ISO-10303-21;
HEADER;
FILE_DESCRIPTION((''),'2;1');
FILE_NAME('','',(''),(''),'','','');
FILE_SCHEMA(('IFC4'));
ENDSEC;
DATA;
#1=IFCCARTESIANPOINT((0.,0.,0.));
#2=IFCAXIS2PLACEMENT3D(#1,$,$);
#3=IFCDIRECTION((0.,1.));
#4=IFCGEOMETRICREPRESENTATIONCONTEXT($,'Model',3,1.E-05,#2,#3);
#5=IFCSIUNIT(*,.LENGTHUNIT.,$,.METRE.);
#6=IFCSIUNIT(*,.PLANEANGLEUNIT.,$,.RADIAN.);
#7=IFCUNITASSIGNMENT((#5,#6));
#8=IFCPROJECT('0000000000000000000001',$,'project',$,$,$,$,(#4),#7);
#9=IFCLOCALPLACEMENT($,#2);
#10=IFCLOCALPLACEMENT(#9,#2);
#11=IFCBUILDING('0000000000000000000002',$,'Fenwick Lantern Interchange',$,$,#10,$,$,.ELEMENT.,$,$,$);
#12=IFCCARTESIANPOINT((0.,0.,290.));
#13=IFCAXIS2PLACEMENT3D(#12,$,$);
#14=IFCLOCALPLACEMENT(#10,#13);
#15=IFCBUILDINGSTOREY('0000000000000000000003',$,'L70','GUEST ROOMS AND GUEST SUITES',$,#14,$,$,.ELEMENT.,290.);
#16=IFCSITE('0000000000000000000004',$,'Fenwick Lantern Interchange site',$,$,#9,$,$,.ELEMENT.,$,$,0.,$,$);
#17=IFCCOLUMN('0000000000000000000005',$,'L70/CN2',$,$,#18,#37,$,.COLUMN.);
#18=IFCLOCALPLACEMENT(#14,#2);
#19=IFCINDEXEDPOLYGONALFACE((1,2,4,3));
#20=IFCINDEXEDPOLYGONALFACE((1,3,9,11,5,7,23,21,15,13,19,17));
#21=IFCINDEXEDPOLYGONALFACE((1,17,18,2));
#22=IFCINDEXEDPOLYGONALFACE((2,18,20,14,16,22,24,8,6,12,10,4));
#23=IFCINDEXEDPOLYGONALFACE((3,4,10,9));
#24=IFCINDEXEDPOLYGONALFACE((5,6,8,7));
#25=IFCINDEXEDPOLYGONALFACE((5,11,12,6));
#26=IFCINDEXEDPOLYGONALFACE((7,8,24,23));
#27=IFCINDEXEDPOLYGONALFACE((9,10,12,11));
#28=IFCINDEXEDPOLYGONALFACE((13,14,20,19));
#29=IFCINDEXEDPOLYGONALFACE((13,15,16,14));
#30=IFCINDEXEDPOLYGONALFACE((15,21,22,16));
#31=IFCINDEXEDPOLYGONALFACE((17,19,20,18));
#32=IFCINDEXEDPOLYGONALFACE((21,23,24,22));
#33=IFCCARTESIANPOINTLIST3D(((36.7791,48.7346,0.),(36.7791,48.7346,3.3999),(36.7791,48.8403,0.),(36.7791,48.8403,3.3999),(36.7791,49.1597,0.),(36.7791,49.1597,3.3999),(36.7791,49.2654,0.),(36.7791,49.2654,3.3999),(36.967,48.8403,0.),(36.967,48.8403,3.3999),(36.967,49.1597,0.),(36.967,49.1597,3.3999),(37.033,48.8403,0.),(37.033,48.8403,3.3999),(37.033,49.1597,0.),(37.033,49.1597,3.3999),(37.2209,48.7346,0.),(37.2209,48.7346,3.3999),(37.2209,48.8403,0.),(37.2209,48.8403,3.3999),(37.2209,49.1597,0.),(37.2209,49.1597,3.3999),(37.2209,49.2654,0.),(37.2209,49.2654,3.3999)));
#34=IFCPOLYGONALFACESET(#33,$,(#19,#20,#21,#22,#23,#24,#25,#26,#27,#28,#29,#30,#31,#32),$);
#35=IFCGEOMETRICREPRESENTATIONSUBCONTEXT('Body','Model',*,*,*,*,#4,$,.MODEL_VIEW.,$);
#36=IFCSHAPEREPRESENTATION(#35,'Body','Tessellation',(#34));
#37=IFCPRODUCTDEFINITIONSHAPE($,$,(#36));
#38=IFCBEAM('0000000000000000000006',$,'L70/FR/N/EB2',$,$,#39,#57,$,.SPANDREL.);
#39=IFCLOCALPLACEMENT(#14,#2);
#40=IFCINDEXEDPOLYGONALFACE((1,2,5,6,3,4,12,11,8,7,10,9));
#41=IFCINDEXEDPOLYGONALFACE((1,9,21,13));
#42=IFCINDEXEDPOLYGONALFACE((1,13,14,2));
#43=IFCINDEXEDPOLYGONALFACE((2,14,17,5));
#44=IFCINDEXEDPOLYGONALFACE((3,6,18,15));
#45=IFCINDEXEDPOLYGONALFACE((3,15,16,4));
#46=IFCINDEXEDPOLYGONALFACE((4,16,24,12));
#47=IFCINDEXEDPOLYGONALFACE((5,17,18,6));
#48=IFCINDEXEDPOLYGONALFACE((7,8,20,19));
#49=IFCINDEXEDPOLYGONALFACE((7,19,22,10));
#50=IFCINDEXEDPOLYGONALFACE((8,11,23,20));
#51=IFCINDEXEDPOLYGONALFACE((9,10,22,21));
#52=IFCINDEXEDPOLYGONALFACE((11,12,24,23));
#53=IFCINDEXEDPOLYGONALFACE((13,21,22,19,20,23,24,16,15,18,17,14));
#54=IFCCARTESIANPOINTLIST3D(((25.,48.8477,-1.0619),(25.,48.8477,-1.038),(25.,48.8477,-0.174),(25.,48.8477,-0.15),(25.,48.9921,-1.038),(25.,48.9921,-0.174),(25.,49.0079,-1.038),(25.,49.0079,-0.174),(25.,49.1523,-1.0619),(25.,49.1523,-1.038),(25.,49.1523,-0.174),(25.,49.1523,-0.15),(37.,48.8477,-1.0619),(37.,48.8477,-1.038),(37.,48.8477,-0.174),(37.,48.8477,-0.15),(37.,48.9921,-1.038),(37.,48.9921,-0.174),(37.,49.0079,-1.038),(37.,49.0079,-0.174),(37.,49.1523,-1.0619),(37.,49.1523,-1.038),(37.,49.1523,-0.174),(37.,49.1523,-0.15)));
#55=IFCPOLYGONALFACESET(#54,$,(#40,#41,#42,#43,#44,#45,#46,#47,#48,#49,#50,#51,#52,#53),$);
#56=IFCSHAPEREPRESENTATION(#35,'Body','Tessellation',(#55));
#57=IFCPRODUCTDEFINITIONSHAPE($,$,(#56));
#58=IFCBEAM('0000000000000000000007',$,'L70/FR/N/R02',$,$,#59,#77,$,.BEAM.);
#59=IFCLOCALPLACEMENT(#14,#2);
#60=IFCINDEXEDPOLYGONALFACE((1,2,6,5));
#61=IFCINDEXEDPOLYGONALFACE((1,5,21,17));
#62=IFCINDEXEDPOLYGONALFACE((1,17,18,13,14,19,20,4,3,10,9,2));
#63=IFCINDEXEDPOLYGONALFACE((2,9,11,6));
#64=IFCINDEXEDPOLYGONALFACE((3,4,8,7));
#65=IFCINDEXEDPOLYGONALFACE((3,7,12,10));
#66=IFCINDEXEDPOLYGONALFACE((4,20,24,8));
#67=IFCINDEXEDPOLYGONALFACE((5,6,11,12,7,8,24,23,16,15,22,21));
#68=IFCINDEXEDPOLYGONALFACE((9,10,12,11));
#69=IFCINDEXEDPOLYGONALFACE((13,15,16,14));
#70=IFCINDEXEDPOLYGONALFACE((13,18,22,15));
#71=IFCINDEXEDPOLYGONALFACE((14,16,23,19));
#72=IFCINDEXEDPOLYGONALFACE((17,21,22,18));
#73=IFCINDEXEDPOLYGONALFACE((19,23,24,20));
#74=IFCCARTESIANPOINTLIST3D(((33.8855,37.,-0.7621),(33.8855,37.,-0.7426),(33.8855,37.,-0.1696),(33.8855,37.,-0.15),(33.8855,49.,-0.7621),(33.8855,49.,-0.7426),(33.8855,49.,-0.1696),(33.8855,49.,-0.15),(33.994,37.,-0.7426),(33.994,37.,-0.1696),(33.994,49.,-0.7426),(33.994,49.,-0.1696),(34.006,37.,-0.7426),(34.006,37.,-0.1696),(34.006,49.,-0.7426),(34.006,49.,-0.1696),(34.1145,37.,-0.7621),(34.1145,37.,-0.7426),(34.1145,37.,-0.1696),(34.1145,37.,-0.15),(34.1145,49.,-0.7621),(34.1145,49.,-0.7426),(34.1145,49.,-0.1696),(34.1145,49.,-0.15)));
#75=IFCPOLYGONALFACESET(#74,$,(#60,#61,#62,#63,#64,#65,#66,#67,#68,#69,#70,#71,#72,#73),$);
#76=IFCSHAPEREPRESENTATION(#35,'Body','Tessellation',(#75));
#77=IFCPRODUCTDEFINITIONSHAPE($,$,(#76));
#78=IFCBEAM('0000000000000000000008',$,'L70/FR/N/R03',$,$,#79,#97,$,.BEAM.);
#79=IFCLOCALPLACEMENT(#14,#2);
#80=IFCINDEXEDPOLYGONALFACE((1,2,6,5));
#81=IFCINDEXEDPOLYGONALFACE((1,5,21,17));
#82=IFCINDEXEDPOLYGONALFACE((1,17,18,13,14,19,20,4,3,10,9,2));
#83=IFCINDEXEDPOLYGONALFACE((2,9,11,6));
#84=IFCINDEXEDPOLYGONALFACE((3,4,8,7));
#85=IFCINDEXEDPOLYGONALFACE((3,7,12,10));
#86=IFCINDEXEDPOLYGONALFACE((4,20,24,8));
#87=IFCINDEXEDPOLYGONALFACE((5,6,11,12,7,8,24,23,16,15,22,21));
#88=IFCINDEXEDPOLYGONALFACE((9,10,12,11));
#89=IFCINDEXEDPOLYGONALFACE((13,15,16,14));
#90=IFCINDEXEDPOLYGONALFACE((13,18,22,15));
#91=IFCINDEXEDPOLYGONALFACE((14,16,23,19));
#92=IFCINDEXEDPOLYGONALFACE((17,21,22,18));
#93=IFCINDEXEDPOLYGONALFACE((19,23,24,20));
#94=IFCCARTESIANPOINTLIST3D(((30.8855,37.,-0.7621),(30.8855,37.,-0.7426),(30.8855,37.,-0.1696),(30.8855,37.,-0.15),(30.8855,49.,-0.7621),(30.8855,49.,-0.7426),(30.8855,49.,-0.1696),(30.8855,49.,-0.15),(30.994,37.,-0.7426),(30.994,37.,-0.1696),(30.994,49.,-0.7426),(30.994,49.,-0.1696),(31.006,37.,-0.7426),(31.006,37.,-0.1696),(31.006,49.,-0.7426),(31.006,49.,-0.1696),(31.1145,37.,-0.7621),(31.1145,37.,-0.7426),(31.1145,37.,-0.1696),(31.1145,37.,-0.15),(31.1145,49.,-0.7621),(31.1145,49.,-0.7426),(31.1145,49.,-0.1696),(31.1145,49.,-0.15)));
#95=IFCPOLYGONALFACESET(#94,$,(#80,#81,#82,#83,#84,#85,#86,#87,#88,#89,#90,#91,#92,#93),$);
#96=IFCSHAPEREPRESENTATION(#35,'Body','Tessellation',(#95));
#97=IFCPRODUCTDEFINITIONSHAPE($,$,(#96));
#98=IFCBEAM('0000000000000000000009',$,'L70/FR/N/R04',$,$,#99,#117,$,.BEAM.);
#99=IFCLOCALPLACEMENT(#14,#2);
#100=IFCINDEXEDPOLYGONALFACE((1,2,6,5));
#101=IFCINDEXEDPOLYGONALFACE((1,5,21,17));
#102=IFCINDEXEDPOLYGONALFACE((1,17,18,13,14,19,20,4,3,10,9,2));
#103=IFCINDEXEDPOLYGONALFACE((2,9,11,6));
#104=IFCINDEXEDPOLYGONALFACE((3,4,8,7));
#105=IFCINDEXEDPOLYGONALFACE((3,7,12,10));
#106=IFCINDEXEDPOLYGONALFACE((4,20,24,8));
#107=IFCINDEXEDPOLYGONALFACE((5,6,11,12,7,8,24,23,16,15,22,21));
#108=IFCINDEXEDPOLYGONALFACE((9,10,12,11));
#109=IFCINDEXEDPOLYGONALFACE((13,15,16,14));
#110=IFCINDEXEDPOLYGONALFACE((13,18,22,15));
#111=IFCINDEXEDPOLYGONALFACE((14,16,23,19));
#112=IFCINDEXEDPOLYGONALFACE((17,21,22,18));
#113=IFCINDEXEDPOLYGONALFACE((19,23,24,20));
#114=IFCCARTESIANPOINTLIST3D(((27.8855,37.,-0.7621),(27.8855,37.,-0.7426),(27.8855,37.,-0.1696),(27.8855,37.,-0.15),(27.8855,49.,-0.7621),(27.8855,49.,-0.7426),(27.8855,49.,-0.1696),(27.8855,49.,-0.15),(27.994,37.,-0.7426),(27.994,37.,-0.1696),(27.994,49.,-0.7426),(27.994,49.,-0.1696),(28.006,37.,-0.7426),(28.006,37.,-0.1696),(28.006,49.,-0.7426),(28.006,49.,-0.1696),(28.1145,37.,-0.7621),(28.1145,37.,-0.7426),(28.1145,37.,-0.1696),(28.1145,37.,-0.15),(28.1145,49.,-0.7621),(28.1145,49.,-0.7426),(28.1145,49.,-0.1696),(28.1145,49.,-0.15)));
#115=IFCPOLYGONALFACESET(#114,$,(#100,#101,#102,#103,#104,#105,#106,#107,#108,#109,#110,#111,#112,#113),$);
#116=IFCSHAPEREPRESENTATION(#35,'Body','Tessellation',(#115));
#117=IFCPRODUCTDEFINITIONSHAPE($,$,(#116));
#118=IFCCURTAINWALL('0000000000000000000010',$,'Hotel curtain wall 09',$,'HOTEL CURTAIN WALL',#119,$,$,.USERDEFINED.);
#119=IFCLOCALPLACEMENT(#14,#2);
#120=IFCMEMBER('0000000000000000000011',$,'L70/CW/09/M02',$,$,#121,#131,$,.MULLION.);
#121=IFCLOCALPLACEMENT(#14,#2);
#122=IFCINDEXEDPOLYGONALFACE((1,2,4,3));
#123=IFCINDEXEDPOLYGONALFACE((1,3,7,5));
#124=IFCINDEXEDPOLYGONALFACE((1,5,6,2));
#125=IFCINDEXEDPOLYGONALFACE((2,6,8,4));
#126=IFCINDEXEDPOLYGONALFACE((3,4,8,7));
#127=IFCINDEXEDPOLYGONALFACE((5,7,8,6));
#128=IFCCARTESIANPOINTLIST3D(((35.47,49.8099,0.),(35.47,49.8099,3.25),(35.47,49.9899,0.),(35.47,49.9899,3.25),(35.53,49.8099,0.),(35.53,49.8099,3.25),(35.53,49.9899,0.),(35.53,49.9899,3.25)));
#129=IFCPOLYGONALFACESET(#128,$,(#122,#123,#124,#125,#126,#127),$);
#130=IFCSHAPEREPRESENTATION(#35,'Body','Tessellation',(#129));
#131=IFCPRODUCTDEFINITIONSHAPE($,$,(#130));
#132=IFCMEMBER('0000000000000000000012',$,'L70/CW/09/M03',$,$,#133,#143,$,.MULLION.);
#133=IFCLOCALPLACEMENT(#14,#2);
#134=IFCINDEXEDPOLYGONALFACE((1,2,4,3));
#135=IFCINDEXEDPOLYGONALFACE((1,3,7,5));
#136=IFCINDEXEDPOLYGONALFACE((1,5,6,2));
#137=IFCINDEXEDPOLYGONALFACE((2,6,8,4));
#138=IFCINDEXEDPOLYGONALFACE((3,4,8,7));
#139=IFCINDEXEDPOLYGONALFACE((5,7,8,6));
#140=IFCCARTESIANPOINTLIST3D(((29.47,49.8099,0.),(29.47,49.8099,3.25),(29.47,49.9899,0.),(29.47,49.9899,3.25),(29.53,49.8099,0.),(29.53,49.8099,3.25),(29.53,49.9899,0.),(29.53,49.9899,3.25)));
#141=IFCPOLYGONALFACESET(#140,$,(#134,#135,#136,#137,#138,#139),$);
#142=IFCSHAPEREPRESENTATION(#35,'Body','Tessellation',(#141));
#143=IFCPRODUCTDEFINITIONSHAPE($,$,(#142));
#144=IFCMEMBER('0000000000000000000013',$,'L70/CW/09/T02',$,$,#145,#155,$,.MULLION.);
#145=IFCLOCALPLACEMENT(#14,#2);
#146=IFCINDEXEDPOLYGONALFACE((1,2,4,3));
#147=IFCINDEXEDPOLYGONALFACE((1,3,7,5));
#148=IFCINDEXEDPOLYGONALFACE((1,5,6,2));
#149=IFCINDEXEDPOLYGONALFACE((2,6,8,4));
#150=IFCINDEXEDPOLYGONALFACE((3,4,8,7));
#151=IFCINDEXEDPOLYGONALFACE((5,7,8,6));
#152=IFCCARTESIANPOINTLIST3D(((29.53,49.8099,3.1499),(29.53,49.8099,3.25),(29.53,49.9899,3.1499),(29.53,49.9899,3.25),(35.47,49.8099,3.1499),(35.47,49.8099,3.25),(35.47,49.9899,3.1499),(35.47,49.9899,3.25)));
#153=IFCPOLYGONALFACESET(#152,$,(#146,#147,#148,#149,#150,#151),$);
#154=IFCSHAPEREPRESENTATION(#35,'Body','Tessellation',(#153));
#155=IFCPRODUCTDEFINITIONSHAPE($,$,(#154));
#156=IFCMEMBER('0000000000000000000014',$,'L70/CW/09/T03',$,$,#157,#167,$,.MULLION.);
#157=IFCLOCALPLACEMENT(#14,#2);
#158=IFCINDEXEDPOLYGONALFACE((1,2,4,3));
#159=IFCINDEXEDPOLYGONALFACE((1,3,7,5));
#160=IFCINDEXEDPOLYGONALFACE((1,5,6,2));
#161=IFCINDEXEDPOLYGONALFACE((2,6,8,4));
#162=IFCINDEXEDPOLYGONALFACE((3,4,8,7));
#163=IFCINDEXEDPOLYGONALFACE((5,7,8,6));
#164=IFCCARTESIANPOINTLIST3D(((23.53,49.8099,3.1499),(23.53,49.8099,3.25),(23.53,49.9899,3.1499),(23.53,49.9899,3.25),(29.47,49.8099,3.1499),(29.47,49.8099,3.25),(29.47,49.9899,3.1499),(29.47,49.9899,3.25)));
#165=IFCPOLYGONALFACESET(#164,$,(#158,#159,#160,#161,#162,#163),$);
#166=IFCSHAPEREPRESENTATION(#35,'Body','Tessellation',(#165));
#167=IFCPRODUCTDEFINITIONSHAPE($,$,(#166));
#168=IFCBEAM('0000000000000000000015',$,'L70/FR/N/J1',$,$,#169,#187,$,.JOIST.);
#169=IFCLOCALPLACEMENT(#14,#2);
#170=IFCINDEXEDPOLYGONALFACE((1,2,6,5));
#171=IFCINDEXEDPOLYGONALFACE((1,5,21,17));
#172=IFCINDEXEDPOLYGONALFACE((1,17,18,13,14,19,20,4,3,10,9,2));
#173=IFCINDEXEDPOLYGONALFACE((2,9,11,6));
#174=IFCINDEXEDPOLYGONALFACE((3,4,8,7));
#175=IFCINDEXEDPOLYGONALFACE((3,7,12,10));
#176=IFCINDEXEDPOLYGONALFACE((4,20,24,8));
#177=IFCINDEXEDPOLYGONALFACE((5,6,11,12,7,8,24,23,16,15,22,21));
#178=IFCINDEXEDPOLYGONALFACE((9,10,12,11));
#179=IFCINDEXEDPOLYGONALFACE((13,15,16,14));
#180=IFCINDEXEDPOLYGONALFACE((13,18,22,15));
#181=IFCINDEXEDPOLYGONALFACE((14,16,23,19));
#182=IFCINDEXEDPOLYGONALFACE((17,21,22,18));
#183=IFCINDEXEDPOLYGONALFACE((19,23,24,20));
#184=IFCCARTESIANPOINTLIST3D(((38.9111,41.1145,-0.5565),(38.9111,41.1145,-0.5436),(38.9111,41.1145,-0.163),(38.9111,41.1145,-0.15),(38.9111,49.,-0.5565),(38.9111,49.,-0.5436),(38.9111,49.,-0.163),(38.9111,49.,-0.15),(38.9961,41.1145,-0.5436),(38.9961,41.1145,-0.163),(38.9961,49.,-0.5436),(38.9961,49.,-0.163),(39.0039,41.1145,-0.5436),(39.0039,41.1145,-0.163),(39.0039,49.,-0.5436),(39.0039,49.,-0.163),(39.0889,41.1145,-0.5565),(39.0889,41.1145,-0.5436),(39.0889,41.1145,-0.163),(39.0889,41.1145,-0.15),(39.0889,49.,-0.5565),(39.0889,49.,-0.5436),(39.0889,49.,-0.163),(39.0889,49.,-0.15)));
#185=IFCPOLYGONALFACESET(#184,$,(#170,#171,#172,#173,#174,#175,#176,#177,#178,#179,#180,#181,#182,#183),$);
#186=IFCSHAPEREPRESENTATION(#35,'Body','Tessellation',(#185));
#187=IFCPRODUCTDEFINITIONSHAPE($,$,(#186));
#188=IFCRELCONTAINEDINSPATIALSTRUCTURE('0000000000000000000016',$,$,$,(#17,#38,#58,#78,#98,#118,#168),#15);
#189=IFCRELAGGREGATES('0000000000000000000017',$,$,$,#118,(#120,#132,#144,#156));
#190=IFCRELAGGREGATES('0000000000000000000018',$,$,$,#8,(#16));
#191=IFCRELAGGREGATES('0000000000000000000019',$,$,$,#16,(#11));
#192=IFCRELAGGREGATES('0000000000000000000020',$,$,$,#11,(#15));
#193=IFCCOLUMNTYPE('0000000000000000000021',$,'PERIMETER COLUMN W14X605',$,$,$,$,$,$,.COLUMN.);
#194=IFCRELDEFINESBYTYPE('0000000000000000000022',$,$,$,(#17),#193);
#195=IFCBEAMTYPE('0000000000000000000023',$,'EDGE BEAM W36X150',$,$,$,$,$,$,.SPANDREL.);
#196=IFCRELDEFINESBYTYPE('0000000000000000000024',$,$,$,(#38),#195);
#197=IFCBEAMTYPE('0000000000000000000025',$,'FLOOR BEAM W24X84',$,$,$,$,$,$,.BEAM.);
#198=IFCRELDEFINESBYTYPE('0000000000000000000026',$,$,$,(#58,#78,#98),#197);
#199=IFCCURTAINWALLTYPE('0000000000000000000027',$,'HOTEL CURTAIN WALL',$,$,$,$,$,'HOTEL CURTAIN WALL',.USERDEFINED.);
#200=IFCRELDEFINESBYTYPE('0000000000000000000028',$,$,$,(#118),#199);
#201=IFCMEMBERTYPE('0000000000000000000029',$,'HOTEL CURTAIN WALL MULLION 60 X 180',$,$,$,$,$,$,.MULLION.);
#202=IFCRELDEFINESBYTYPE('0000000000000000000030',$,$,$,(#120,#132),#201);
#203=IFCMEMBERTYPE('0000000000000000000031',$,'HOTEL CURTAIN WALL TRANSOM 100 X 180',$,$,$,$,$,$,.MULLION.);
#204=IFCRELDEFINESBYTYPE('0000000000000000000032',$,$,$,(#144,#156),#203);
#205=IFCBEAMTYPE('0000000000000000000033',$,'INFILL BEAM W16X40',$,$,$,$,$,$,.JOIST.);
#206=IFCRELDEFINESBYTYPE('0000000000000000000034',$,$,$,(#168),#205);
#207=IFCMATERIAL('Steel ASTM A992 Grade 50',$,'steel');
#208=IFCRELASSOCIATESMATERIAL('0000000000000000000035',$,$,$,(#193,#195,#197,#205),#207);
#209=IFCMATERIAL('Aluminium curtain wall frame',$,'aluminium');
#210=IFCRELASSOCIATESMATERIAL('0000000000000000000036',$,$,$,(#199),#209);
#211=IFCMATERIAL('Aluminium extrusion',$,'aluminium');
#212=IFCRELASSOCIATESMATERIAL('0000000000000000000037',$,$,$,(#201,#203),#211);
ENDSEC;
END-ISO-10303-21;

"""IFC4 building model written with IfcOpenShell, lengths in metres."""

from ifc_helpers import new_model, si_unit, direction, frame, origin, origin_2d, place, context, subcontext, project, spatial, rectangle, i_section, extrude, material, material_profile, profile_set, type_object, element, aggregate, save


model = new_model("IFC4")

# Units and contexts
model_context = context("Model", 3, precision=1e-05, world=origin(), true_north=direction((0.0, 1.0)))
body_context = subcontext(model_context, "Body", "Model", "MODEL_VIEW")
ifc_project = project(units=[si_unit("LENGTHUNIT", "METRE"), si_unit("PLANEANGLEUNIT", "RADIAN")], contexts=[model_context])

# Site, building, storey
site_placement = place(None, origin())
site = spatial("IfcSite", under=ifc_project, at=site_placement, Name="Fenwick Lantern Interchange site", CompositionType="ELEMENT", RefElevation=0.0)
building_placement = place(site_placement, origin())
building = spatial("IfcBuilding", under=site, at=building_placement, Name="Fenwick Lantern Interchange", CompositionType="ELEMENT")
storey_placement = place(building_placement, frame((0.0, 0.0, 290.0)))
storey = spatial("IfcBuildingStorey", under=building, at=storey_placement, Name="L70", Description="GUEST ROOMS AND GUEST SUITES", CompositionType="ELEMENT", Elevation=290.0)

# Column
ifc_material_1 = material(Name="Steel ASTM A992 Grade 50", Category="steel")
ifc_material_profile_1 = material_profile(ifc_material_1, i_section(OverallWidth=0.4419, OverallDepth=0.5308, WebThickness=0.0659, FlangeThickness=0.1057, at=origin_2d()), Name="W14X605")
ifc_profile_set_1 = profile_set([ifc_material_profile_1], Name="Steel ASTM A992 Grade 50")
column_type = type_object("IfcColumnType", Name="PERIMETER COLUMN W14X605", PredefinedType="COLUMN", material=ifc_profile_set_1)
column_placement = place(storey_placement, frame((37.0, 49.0, 0.0), z_axis=(0.0, 0.0, 1.0), x_axis=(1.0, 0.0, 0.0)))
element("IfcColumn", 1, at=column_placement, inside=storey, type_object=column_type, Name="L70/CN2", PredefinedType="COLUMN", context=body_context, shape_type="SweptSolid", body=[
    extrude(i_section(OverallWidth=0.4419, OverallDepth=0.5308, WebThickness=0.0659, FlangeThickness=0.1057, at=origin_2d()), origin(), (0.0, 0.0, 1.0), 3.3999),
])

# Beams
ifc_material_profile_2 = material_profile(ifc_material_1, i_section(OverallWidth=0.3047, OverallDepth=0.9119, WebThickness=0.0159, FlangeThickness=0.0239, at=origin_2d()), Name="W36X150")
ifc_profile_set_2 = profile_set([ifc_material_profile_2], Name="Steel ASTM A992 Grade 50")
beam_type_1 = type_object("IfcBeamType", Name="EDGE BEAM W36X150", PredefinedType="SPANDREL", material=ifc_profile_set_2)
beam_1_placement = place(storey_placement, frame((37.0, 49.0, -0.606), z_axis=(-1.0, 0.0, 0.0), x_axis=(0.0, -1.0, 0.0)))
element("IfcBeam", 2, at=beam_1_placement, inside=storey, type_object=beam_type_1, Name="L70/FR/N/EB2", PredefinedType="SPANDREL", context=body_context, shape_type="SweptSolid", body=[
    extrude(i_section(OverallWidth=0.3047, OverallDepth=0.9119, WebThickness=0.0159, FlangeThickness=0.0239, at=origin_2d()), origin(), (0.0, 0.0, 1.0), 12.0),
])
ifc_material_profile_3 = material_profile(ifc_material_1, i_section(OverallWidth=0.229, OverallDepth=0.6121, WebThickness=0.012, FlangeThickness=0.0195, at=origin_2d()), Name="W24X84")
ifc_profile_set_3 = profile_set([ifc_material_profile_3], Name="Steel ASTM A992 Grade 50")
beam_type_2 = type_object("IfcBeamType", Name="FLOOR BEAM W24X84", PredefinedType="BEAM", material=ifc_profile_set_3)
for number, where, z_axis, x_axis, name in (
    (3, (34.0, 49.0, -0.4561), (0.0, -1.0, 0.0), (1.0, 0.0, 0.0), "L70/FR/N/R02"),
    (4, (31.0, 49.0, -0.4561), (0.0, -1.0, 0.0), (1.0, 0.0, 0.0), "L70/FR/N/R03"),
    (5, (28.0, 49.0, -0.4561), (0.0, -1.0, 0.0), (1.0, 0.0, 0.0), "L70/FR/N/R04"),
):
    element("IfcBeam", number, at=place(storey_placement, frame(where, z_axis=z_axis, x_axis=x_axis)), inside=storey, type_object=beam_type_2, Name=name, PredefinedType="BEAM", context=body_context, shape_type="SweptSolid", body=[
        extrude(i_section(OverallWidth=0.229, OverallDepth=0.6121, WebThickness=0.012, FlangeThickness=0.0195, at=origin_2d()), origin(), (0.0, 0.0, 1.0), 12.0),
    ])

# Curtain wall, members
ifc_material_2 = material(Name="Aluminium curtain wall frame", Category="aluminium")
curtain_wall_type = type_object("IfcCurtainWallType", Name="HOTEL CURTAIN WALL", ElementType="HOTEL CURTAIN WALL", PredefinedType="USERDEFINED", material=ifc_material_2)
curtain_wall_placement = place(storey_placement, origin())
curtain_wall = element("IfcCurtainWall", 6, at=curtain_wall_placement, inside=storey, type_object=curtain_wall_type, Name="Hotel curtain wall 09", ObjectType="HOTEL CURTAIN WALL", PredefinedType="USERDEFINED")
ifc_material_3 = material(Name="Aluminium extrusion", Category="aluminium")
ifc_material_profile_4 = material_profile(ifc_material_3, rectangle(XDim=0.1799, YDim=0.0601, at=origin_2d()), Name="HOTEL CURTAIN WALL MULLION 60 X 180")
ifc_profile_set_4 = profile_set([ifc_material_profile_4], Name="Aluminium extrusion")
member_type_1 = type_object("IfcMemberType", Name="HOTEL CURTAIN WALL MULLION 60 X 180", PredefinedType="MULLION", material=ifc_profile_set_4)
member_1_placement = place(storey_placement, frame((35.5, 49.8999, 0.0), z_axis=(0.0, 0.0, 1.0), x_axis=(0.0, -1.0, 0.0)))
member_1 = element("IfcMember", 7, at=member_1_placement, type_object=member_type_1, Name="L70/CW/09/M02", PredefinedType="MULLION", context=body_context, shape_type="SweptSolid", body=[
    extrude(rectangle(XDim=0.1799, YDim=0.0601, at=origin_2d()), origin(), (0.0, 0.0, 1.0), 3.25),
])
member_2_placement = place(storey_placement, frame((29.5, 49.8999, 0.0), z_axis=(0.0, 0.0, 1.0), x_axis=(0.0, -1.0, 0.0)))
member_2 = element("IfcMember", 8, at=member_2_placement, type_object=member_type_1, Name="L70/CW/09/M03", PredefinedType="MULLION", context=body_context, shape_type="SweptSolid", body=[
    extrude(rectangle(XDim=0.1799, YDim=0.0601, at=origin_2d()), origin(), (0.0, 0.0, 1.0), 3.25),
])
ifc_material_profile_5 = material_profile(ifc_material_3, rectangle(XDim=0.1799, YDim=0.1001, at=origin_2d()), Name="HOTEL CURTAIN WALL TRANSOM 100 X 180")
ifc_profile_set_5 = profile_set([ifc_material_profile_5], Name="Aluminium extrusion")
member_type_2 = type_object("IfcMemberType", Name="HOTEL CURTAIN WALL TRANSOM 100 X 180", PredefinedType="MULLION", material=ifc_profile_set_5)
member_3_placement = place(storey_placement, frame((35.47, 49.8999, 3.2), z_axis=(-1.0, 0.0, 0.0), x_axis=(0.0, -1.0, 0.0)))
member_3 = element("IfcMember", 9, at=member_3_placement, type_object=member_type_2, Name="L70/CW/09/T02", PredefinedType="MULLION", context=body_context, shape_type="SweptSolid", body=[
    extrude(rectangle(XDim=0.1799, YDim=0.1001, at=origin_2d()), origin(), (0.0, 0.0, 1.0), 5.9399),
])
member_4_placement = place(storey_placement, frame((29.47, 49.8999, 3.2), z_axis=(-1.0, 0.0, 0.0), x_axis=(0.0, -1.0, 0.0)))
member_4 = element("IfcMember", 10, at=member_4_placement, type_object=member_type_2, Name="L70/CW/09/T03", PredefinedType="MULLION", context=body_context, shape_type="SweptSolid", body=[
    extrude(rectangle(XDim=0.1799, YDim=0.1001, at=origin_2d()), origin(), (0.0, 0.0, 1.0), 5.9399),
])
aggregate(curtain_wall, [member_1, member_2, member_3, member_4])

# Beam
ifc_material_profile_6 = material_profile(ifc_material_1, i_section(OverallWidth=0.1777, OverallDepth=0.4065, WebThickness=0.0078, FlangeThickness=0.0129, at=origin_2d()), Name="W16X40")
ifc_profile_set_6 = profile_set([ifc_material_profile_6], Name="Steel ASTM A992 Grade 50")
beam_type_3 = type_object("IfcBeamType", Name="INFILL BEAM W16X40", PredefinedType="JOIST", material=ifc_profile_set_6)
beam_2_placement = place(storey_placement, frame((39.0, 49.0, -0.3533), z_axis=(0.0, -1.0, 0.0), x_axis=(1.0, 0.0, 0.0)))
element("IfcBeam", 11, at=beam_2_placement, inside=storey, type_object=beam_type_3, Name="L70/FR/N/J1", PredefinedType="JOIST", context=body_context, shape_type="SweptSolid", body=[
    extrude(i_section(OverallWidth=0.1777, OverallDepth=0.4065, WebThickness=0.0078, FlangeThickness=0.0129, at=origin_2d()), origin(), (0.0, 0.0, 1.0), 7.8855),
])

save(model, "model.ifc")
